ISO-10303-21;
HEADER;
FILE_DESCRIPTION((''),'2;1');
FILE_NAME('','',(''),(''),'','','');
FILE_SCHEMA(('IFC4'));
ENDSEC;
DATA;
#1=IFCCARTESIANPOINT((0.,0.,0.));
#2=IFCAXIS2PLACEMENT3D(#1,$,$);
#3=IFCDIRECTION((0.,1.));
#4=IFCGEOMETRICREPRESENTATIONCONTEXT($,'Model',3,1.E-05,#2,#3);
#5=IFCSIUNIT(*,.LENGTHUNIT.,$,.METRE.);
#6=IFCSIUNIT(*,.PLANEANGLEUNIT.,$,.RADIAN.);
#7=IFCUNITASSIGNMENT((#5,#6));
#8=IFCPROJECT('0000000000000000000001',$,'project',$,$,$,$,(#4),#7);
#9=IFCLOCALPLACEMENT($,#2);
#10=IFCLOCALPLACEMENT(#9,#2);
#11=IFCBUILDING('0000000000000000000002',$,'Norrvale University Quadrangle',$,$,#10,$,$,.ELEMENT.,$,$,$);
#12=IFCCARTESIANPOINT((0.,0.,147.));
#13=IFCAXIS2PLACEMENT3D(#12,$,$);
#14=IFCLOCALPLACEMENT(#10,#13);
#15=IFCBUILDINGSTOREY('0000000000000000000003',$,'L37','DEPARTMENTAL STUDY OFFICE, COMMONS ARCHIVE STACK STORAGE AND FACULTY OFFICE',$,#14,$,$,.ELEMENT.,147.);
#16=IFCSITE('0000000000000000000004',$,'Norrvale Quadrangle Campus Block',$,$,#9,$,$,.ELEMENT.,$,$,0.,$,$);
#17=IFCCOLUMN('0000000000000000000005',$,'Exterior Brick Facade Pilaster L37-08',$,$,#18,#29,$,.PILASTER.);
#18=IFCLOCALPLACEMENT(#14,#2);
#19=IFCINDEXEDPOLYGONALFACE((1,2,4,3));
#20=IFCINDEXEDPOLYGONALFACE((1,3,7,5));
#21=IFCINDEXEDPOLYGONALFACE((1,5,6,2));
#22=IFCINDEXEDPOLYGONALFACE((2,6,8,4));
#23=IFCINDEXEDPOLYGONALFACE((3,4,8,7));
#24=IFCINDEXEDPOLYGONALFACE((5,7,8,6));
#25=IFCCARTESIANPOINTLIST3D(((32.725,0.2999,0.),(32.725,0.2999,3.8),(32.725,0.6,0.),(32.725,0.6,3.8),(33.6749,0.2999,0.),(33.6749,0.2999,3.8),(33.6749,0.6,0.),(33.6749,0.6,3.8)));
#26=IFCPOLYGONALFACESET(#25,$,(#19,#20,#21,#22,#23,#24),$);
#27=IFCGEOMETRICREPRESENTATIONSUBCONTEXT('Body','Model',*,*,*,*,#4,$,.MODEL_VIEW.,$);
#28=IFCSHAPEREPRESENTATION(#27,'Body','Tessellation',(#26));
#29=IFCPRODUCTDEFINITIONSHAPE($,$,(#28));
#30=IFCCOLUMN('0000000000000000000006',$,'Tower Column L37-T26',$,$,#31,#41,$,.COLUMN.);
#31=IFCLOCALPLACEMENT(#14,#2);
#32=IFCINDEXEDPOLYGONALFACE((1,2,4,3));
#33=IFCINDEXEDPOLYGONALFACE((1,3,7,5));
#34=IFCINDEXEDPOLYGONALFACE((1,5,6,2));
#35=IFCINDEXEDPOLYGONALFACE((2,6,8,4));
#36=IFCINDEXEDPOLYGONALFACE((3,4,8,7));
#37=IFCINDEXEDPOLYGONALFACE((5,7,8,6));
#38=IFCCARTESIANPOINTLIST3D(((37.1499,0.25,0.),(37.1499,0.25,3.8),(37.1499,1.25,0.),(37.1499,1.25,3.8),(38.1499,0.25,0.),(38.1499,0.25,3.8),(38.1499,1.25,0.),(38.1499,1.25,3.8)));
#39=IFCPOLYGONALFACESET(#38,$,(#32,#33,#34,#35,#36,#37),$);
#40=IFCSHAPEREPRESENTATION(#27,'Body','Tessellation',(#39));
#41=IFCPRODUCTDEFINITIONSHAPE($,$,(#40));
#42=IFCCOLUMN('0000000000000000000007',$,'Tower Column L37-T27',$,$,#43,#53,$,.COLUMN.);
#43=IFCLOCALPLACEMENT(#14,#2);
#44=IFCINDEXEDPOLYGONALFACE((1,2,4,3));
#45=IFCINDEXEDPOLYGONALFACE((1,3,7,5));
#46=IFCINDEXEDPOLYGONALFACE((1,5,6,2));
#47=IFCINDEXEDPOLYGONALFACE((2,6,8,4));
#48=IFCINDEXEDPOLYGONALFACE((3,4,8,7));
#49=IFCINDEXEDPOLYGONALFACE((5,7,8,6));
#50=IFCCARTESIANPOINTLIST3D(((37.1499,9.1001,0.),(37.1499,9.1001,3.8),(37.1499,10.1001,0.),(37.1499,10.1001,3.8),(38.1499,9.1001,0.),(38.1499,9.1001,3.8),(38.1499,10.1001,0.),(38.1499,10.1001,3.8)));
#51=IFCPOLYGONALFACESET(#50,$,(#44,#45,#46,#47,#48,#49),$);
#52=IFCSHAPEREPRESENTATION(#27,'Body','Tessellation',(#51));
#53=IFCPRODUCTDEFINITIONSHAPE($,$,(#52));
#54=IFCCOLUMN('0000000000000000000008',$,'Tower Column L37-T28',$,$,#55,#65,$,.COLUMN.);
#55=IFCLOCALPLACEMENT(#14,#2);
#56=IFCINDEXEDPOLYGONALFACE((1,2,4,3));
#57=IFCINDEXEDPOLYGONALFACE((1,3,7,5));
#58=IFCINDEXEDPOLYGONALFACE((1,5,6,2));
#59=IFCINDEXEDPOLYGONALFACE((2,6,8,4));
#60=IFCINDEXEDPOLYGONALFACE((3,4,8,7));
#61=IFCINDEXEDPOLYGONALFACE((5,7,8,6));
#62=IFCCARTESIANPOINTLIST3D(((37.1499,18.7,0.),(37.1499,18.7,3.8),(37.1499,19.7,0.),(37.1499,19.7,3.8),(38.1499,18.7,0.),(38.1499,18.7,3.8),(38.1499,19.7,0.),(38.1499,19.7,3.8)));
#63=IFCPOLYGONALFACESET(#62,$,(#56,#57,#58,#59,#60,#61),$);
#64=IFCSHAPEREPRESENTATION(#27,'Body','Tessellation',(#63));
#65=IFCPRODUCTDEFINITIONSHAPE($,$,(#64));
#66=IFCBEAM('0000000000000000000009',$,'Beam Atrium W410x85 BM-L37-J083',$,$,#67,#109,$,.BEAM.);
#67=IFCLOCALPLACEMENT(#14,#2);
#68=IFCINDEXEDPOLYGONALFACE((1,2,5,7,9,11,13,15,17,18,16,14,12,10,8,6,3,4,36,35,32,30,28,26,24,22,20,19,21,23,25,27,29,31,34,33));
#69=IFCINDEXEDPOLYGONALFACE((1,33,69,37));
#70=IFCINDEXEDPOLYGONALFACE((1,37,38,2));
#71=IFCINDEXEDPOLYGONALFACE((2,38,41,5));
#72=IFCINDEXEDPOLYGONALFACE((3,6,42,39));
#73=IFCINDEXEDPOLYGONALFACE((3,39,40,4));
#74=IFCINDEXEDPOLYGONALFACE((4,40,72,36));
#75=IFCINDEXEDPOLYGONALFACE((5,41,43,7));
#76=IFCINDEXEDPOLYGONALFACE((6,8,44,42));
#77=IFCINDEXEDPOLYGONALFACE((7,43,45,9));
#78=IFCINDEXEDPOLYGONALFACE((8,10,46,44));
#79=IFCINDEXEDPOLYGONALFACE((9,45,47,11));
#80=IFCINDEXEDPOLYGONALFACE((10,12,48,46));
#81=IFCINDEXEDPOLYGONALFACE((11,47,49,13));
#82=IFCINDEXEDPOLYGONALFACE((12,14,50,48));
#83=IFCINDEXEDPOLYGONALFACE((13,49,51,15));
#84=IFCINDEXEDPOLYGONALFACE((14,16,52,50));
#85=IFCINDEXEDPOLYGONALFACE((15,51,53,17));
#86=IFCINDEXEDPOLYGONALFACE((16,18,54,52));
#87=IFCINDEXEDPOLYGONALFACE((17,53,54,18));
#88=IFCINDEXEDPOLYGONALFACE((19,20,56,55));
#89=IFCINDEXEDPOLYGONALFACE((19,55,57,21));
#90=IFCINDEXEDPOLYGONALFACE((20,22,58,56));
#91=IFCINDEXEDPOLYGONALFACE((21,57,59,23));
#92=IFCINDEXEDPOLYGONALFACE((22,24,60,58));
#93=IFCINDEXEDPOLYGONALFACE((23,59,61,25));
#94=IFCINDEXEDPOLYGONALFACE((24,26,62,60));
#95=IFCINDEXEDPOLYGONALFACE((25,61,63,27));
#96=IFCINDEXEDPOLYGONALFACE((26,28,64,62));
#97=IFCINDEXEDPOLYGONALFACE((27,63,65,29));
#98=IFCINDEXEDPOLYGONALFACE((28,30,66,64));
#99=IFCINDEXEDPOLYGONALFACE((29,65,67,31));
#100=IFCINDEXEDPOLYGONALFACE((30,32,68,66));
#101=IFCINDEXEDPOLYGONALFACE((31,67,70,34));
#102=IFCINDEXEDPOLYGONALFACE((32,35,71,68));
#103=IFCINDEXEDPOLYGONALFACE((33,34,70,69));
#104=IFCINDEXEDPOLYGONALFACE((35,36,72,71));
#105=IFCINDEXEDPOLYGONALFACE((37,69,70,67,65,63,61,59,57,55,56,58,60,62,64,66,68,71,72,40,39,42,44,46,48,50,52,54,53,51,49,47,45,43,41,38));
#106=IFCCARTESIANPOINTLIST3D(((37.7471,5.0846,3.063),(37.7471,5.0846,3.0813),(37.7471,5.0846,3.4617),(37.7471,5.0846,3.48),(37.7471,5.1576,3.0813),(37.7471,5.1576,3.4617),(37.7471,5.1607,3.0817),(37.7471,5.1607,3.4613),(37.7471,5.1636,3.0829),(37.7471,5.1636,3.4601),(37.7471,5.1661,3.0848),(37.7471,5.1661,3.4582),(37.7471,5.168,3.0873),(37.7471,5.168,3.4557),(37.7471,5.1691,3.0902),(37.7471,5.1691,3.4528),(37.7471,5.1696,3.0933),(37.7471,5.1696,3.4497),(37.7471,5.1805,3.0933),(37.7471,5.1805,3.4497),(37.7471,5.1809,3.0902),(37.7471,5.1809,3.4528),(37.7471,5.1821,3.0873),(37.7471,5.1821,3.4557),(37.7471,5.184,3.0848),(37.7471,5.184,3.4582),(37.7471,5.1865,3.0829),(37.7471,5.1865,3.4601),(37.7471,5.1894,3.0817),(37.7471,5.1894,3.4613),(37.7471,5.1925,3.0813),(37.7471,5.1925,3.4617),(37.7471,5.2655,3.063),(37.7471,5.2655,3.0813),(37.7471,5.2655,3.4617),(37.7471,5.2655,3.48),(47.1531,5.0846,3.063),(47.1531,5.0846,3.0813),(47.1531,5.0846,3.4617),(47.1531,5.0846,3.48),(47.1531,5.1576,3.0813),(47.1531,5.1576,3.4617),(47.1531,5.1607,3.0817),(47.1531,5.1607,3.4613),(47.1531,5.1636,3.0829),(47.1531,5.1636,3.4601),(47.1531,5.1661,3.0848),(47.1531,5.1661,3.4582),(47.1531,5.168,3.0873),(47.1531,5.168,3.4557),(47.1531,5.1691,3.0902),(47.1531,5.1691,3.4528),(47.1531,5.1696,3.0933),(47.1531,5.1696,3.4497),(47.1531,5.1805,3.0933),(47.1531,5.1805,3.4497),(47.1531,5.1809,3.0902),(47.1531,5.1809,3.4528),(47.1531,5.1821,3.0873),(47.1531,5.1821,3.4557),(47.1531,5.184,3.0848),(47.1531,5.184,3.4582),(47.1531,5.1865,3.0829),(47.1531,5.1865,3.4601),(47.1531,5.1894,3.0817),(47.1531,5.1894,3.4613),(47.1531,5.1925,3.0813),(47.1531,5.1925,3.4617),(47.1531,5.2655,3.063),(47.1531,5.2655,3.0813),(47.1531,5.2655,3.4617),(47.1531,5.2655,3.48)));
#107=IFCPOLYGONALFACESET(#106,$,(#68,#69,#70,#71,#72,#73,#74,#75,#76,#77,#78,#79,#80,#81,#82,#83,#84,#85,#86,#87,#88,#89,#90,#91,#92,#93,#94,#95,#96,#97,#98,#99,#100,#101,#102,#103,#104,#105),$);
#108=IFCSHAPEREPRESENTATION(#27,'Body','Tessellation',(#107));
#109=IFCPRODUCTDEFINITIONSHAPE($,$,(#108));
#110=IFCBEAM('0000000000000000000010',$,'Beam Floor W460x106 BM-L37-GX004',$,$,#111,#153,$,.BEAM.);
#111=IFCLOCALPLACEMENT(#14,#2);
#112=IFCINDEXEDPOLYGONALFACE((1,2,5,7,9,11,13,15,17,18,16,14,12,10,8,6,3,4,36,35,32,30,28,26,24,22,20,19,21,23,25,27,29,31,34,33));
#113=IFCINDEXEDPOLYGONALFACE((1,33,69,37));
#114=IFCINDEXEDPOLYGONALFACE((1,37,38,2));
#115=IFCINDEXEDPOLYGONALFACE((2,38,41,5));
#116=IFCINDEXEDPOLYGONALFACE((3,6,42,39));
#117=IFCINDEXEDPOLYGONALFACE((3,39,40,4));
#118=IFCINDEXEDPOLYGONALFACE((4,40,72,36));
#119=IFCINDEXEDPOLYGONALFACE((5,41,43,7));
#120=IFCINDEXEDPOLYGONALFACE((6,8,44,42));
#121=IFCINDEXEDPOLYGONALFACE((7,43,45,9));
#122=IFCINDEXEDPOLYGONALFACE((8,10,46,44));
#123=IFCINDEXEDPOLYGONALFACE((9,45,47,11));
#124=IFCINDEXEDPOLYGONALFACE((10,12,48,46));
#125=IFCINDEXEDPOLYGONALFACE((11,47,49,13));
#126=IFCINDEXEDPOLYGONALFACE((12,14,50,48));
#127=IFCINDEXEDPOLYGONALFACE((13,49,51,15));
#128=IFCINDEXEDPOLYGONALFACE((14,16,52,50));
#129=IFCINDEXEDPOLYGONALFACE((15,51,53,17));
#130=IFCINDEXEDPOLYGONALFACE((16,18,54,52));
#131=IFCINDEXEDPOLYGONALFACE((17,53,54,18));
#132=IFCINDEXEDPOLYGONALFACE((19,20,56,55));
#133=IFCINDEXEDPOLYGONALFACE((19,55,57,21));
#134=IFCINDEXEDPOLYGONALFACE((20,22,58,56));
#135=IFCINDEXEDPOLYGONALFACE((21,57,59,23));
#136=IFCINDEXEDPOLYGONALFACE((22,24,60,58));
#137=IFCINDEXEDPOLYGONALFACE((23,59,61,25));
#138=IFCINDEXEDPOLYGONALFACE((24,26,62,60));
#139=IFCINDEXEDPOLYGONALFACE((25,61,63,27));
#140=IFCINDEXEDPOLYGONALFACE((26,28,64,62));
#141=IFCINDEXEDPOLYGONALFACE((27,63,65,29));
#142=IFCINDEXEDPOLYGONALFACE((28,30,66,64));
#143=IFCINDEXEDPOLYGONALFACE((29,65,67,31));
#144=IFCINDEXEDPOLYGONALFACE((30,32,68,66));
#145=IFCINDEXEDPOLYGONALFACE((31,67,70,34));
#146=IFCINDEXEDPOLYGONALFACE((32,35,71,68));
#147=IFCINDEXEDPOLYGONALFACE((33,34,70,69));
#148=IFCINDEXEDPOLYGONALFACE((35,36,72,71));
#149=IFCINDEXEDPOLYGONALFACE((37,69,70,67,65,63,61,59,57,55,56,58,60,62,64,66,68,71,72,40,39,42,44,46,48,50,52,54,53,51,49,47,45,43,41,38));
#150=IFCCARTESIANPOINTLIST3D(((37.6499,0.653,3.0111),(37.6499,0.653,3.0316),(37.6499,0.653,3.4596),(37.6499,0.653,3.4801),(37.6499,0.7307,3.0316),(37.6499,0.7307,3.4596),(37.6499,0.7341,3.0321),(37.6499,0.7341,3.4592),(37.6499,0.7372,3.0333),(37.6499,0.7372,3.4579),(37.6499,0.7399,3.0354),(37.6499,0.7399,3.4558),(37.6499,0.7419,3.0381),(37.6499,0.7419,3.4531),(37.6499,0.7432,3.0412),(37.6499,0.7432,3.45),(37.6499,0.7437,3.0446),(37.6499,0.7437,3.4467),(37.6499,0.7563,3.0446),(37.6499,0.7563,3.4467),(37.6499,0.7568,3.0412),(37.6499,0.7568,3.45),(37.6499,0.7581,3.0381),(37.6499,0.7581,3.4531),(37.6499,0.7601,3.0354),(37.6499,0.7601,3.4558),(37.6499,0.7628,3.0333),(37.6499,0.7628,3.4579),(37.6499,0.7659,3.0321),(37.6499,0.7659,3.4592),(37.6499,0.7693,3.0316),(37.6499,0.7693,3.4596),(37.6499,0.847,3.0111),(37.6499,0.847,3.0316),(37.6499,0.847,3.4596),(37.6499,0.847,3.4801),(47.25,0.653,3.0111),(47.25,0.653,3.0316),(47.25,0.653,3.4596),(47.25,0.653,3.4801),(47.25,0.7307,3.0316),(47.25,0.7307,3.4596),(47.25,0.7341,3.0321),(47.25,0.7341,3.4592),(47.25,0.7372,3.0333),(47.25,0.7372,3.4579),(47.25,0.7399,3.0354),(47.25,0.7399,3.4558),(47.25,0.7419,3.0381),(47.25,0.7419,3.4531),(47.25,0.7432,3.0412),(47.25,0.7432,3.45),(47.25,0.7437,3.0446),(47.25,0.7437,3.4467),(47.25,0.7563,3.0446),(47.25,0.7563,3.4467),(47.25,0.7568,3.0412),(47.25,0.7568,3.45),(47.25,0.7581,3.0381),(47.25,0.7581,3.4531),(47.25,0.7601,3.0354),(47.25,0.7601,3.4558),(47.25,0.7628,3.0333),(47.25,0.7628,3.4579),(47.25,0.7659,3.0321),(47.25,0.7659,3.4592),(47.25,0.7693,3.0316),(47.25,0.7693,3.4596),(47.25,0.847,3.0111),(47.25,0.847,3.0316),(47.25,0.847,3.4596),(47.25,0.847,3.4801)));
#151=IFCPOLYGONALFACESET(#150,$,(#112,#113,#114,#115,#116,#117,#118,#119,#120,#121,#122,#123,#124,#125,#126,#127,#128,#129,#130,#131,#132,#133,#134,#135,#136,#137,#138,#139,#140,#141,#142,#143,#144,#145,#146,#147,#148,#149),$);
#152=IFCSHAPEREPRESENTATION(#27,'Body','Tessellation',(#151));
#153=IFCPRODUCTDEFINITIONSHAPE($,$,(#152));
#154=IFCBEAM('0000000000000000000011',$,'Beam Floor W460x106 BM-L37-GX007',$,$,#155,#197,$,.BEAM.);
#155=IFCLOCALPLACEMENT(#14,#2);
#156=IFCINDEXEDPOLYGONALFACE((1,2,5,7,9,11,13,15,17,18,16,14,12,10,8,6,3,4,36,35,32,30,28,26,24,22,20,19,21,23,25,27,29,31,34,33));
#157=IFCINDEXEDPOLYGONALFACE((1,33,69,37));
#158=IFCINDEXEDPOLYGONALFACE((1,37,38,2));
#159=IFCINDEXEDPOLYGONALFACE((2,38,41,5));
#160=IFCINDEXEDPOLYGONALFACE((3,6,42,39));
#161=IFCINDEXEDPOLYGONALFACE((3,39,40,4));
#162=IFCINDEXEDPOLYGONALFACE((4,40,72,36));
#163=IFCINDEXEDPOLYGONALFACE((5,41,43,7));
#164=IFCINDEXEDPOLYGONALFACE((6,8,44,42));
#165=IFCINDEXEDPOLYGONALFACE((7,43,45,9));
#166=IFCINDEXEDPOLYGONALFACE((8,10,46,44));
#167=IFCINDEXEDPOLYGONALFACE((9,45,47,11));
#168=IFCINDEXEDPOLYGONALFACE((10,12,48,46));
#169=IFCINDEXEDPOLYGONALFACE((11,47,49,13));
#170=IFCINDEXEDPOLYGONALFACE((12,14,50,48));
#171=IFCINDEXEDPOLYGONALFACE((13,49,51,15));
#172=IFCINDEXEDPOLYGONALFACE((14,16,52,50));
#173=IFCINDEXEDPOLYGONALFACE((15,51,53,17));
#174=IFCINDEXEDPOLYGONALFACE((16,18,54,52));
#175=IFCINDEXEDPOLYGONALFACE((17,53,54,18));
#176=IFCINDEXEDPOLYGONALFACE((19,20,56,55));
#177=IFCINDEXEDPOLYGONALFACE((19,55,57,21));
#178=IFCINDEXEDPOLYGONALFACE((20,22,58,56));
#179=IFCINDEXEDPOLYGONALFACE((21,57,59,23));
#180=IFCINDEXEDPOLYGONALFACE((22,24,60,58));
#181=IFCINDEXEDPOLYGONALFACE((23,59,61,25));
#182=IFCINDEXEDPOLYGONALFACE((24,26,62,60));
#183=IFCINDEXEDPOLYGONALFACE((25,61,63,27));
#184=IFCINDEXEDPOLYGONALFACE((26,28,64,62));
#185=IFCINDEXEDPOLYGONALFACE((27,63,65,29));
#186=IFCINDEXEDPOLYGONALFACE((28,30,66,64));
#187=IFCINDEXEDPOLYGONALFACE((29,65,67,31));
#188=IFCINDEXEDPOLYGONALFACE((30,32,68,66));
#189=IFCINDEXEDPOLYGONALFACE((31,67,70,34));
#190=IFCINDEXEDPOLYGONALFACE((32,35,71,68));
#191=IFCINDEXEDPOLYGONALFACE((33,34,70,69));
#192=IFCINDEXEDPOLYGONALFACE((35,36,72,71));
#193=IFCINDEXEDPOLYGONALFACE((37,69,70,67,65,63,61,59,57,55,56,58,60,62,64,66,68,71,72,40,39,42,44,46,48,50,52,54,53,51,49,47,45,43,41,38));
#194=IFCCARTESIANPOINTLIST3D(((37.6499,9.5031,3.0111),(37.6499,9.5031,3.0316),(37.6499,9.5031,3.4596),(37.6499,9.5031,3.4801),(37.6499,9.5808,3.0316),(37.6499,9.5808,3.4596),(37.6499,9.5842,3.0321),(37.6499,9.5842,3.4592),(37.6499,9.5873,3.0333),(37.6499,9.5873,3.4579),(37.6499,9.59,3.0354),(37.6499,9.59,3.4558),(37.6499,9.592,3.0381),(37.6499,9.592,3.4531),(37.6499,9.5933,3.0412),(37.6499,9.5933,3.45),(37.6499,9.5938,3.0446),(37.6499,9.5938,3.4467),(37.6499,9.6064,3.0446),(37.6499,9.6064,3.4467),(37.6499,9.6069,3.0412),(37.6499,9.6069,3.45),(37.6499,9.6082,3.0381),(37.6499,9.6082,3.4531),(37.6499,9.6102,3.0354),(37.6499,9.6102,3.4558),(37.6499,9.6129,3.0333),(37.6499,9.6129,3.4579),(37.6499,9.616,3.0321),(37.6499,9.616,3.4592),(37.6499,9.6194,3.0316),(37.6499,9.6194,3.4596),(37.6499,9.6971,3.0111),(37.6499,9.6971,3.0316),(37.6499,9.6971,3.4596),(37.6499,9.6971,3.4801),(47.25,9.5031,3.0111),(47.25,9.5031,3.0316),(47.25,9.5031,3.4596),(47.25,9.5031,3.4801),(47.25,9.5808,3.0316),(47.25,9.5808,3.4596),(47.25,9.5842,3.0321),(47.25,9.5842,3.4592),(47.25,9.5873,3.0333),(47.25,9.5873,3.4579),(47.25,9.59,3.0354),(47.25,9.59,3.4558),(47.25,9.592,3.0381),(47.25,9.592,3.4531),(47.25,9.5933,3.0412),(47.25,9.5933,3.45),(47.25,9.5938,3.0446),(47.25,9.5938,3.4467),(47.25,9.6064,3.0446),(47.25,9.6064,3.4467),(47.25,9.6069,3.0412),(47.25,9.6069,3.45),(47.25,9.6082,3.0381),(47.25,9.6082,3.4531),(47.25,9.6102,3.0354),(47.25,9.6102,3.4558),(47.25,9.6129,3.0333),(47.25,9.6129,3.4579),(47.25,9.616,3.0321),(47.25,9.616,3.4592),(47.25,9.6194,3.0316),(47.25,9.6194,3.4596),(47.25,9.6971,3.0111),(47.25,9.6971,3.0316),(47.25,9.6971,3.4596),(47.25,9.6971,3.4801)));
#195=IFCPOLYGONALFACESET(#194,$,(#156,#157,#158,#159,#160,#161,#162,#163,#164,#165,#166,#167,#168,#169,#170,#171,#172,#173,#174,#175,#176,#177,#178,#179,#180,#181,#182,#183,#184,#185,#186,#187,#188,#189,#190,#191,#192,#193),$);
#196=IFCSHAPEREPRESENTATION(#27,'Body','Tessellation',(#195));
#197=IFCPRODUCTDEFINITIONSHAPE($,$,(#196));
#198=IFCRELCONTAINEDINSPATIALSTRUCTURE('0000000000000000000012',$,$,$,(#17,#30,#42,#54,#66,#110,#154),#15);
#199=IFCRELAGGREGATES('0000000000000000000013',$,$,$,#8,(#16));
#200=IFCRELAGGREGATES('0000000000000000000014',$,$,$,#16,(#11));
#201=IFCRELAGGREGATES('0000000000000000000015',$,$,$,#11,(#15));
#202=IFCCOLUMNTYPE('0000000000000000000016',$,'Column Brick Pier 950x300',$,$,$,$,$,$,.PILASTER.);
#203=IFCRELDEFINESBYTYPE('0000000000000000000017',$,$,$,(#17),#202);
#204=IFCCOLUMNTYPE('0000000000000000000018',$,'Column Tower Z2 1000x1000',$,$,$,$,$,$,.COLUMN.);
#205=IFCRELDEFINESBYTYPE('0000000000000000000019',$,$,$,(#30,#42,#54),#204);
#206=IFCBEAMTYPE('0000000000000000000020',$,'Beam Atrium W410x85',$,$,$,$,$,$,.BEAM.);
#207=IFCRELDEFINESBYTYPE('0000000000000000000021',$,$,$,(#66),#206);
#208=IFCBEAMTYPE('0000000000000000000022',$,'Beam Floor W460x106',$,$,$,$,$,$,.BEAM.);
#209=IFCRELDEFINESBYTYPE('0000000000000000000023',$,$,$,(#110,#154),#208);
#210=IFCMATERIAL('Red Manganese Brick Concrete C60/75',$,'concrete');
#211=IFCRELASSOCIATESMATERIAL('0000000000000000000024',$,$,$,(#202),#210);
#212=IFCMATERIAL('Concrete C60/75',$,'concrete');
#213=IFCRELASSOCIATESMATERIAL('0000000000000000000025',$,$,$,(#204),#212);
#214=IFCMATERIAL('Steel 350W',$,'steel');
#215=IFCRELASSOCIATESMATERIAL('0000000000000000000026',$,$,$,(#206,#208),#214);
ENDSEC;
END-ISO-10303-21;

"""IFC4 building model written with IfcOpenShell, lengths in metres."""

from ifc_helpers import new_model, si_unit, direction, frame, origin, origin_2d, place, context, subcontext, project, spatial, rectangle, i_section, extrude, material, material_profile, profile_set, type_object, element, save


model = new_model("IFC4")

# Units and contexts
model_context = context("Model", 3, precision=1e-05, world=origin(), true_north=direction((0.0, 1.0)))
body_context = subcontext(model_context, "Body", "Model", "MODEL_VIEW")
ifc_project = project(units=[si_unit("LENGTHUNIT", "METRE"), si_unit("PLANEANGLEUNIT", "RADIAN")], contexts=[model_context])

# Site, building, storey
site_placement = place(None, origin())
site = spatial("IfcSite", under=ifc_project, at=site_placement, Name="Norrvale Quadrangle Campus Block", CompositionType="ELEMENT", RefElevation=0.0)
building_placement = place(site_placement, origin())
building = spatial("IfcBuilding", under=site, at=building_placement, Name="Norrvale University Quadrangle", CompositionType="ELEMENT")
storey_placement = place(building_placement, frame((0.0, 0.0, 147.0)))
storey = spatial("IfcBuildingStorey", under=building, at=storey_placement, Name="L37", Description="DEPARTMENTAL STUDY OFFICE, COMMONS ARCHIVE STACK STORAGE AND FACULTY OFFICE", CompositionType="ELEMENT", Elevation=147.0)

# Columns
ifc_material_1 = material(Name="Red Manganese Brick Concrete C60/75", Category="concrete")
ifc_material_profile_1 = material_profile(ifc_material_1, rectangle(XDim=0.95, YDim=0.3, at=origin_2d()), Name="Red Manganese Brick Concrete C60/75")
ifc_profile_set_1 = profile_set([ifc_material_profile_1], Name="Red Manganese Brick Concrete C60/75")
column_type_1 = type_object("IfcColumnType", Name="Column Brick Pier 950x300", PredefinedType="PILASTER", material=ifc_profile_set_1)
column_placement = place(storey_placement, frame((33.2, 0.45, 0.0), z_axis=(0.0, 0.0, 1.0), x_axis=(1.0, 0.0, 0.0)))
element("IfcColumn", 1, at=column_placement, inside=storey, type_object=column_type_1, Name="Exterior Brick Facade Pilaster L37-08", PredefinedType="PILASTER", context=body_context, shape_type="SweptSolid", body=[
    extrude(rectangle(XDim=0.95, YDim=0.3, at=origin_2d()), origin(), (0.0, 0.0, 1.0), 3.8),
])
ifc_material_2 = material(Name="Concrete C60/75", Category="concrete")
ifc_material_profile_2 = material_profile(ifc_material_2, rectangle(XDim=1.0, YDim=1.0, at=origin_2d()), Name="Concrete C60/75")
ifc_profile_set_2 = profile_set([ifc_material_profile_2], Name="Concrete C60/75")
column_type_2 = type_object("IfcColumnType", Name="Column Tower Z2 1000x1000", PredefinedType="COLUMN", material=ifc_profile_set_2)
for number, where, z_axis, x_axis, name in (
    (2, (37.6499, 0.75, 0.0), (0.0, 0.0, 1.0), (1.0, 0.0, 0.0), "Tower Column L37-T26"),
    (3, (37.6499, 9.6001, 0.0), (0.0, 0.0, 1.0), (1.0, 0.0, 0.0), "Tower Column L37-T27"),
    (4, (37.6499, 19.2, 0.0), (0.0, 0.0, 1.0), (1.0, 0.0, 0.0), "Tower Column L37-T28"),
):
    element("IfcColumn", number, at=place(storey_placement, frame(where, z_axis=z_axis, x_axis=x_axis)), inside=storey, type_object=column_type_2, Name=name, PredefinedType="COLUMN", context=body_context, shape_type="SweptSolid", body=[
        extrude(rectangle(XDim=1.0, YDim=1.0, at=origin_2d()), origin(), (0.0, 0.0, 1.0), 3.8),
    ])

# Beams
ifc_material_3 = material(Name="Steel 350W", Category="steel")
ifc_material_profile_3 = material_profile(ifc_material_3, i_section(OverallWidth=0.1809, OverallDepth=0.417, WebThickness=0.011, FlangeThickness=0.0183, FilletRadius=0.012, at=origin_2d()), Name="Steel 350W")
ifc_profile_set_3 = profile_set([ifc_material_profile_3], Name="Steel 350W")
beam_type_1 = type_object("IfcBeamType", Name="Beam Atrium W410x85", PredefinedType="BEAM", material=ifc_profile_set_3)
beam_1_placement = place(storey_placement, frame((37.7471, 5.175, 3.2715), z_axis=(1.0, 0.0, 0.0), x_axis=(0.0, 1.0, 0.0)))
element("IfcBeam", 5, at=beam_1_placement, inside=storey, type_object=beam_type_1, Name="Beam Atrium W410x85 BM-L37-J083", PredefinedType="BEAM", context=body_context, shape_type="SweptSolid", body=[
    extrude(i_section(OverallWidth=0.1809, OverallDepth=0.417, WebThickness=0.011, FlangeThickness=0.0183, FilletRadius=0.012, at=origin_2d()), origin(), (0.0, 0.0, 1.0), 9.406),
])
ifc_material_profile_4 = material_profile(ifc_material_3, i_section(OverallWidth=0.1941, OverallDepth=0.469, WebThickness=0.0127, FlangeThickness=0.0205, FilletRadius=0.0129, at=origin_2d()), Name="Steel 350W")
ifc_profile_set_4 = profile_set([ifc_material_profile_4], Name="Steel 350W")
beam_type_2 = type_object("IfcBeamType", Name="Beam Floor W460x106", PredefinedType="BEAM", material=ifc_profile_set_4)
for number, where, z_axis, x_axis, name in (
    (6, (37.6499, 0.75, 3.2456), (1.0, 0.0, 0.0), (0.0, 1.0, 0.0), "Beam Floor W460x106 BM-L37-GX004"),
    (7, (37.6499, 9.6001, 3.2456), (1.0, 0.0, 0.0), (0.0, 1.0, 0.0), "Beam Floor W460x106 BM-L37-GX007"),
):
    element("IfcBeam", number, at=place(storey_placement, frame(where, z_axis=z_axis, x_axis=x_axis)), inside=storey, type_object=beam_type_2, Name=name, PredefinedType="BEAM", context=body_context, shape_type="SweptSolid", body=[
        extrude(i_section(OverallWidth=0.1941, OverallDepth=0.469, WebThickness=0.0127, FlangeThickness=0.0205, FilletRadius=0.0129, at=origin_2d()), origin(), (0.0, 0.0, 1.0), 9.6001),
    ])

save(model, "model.ifc")
